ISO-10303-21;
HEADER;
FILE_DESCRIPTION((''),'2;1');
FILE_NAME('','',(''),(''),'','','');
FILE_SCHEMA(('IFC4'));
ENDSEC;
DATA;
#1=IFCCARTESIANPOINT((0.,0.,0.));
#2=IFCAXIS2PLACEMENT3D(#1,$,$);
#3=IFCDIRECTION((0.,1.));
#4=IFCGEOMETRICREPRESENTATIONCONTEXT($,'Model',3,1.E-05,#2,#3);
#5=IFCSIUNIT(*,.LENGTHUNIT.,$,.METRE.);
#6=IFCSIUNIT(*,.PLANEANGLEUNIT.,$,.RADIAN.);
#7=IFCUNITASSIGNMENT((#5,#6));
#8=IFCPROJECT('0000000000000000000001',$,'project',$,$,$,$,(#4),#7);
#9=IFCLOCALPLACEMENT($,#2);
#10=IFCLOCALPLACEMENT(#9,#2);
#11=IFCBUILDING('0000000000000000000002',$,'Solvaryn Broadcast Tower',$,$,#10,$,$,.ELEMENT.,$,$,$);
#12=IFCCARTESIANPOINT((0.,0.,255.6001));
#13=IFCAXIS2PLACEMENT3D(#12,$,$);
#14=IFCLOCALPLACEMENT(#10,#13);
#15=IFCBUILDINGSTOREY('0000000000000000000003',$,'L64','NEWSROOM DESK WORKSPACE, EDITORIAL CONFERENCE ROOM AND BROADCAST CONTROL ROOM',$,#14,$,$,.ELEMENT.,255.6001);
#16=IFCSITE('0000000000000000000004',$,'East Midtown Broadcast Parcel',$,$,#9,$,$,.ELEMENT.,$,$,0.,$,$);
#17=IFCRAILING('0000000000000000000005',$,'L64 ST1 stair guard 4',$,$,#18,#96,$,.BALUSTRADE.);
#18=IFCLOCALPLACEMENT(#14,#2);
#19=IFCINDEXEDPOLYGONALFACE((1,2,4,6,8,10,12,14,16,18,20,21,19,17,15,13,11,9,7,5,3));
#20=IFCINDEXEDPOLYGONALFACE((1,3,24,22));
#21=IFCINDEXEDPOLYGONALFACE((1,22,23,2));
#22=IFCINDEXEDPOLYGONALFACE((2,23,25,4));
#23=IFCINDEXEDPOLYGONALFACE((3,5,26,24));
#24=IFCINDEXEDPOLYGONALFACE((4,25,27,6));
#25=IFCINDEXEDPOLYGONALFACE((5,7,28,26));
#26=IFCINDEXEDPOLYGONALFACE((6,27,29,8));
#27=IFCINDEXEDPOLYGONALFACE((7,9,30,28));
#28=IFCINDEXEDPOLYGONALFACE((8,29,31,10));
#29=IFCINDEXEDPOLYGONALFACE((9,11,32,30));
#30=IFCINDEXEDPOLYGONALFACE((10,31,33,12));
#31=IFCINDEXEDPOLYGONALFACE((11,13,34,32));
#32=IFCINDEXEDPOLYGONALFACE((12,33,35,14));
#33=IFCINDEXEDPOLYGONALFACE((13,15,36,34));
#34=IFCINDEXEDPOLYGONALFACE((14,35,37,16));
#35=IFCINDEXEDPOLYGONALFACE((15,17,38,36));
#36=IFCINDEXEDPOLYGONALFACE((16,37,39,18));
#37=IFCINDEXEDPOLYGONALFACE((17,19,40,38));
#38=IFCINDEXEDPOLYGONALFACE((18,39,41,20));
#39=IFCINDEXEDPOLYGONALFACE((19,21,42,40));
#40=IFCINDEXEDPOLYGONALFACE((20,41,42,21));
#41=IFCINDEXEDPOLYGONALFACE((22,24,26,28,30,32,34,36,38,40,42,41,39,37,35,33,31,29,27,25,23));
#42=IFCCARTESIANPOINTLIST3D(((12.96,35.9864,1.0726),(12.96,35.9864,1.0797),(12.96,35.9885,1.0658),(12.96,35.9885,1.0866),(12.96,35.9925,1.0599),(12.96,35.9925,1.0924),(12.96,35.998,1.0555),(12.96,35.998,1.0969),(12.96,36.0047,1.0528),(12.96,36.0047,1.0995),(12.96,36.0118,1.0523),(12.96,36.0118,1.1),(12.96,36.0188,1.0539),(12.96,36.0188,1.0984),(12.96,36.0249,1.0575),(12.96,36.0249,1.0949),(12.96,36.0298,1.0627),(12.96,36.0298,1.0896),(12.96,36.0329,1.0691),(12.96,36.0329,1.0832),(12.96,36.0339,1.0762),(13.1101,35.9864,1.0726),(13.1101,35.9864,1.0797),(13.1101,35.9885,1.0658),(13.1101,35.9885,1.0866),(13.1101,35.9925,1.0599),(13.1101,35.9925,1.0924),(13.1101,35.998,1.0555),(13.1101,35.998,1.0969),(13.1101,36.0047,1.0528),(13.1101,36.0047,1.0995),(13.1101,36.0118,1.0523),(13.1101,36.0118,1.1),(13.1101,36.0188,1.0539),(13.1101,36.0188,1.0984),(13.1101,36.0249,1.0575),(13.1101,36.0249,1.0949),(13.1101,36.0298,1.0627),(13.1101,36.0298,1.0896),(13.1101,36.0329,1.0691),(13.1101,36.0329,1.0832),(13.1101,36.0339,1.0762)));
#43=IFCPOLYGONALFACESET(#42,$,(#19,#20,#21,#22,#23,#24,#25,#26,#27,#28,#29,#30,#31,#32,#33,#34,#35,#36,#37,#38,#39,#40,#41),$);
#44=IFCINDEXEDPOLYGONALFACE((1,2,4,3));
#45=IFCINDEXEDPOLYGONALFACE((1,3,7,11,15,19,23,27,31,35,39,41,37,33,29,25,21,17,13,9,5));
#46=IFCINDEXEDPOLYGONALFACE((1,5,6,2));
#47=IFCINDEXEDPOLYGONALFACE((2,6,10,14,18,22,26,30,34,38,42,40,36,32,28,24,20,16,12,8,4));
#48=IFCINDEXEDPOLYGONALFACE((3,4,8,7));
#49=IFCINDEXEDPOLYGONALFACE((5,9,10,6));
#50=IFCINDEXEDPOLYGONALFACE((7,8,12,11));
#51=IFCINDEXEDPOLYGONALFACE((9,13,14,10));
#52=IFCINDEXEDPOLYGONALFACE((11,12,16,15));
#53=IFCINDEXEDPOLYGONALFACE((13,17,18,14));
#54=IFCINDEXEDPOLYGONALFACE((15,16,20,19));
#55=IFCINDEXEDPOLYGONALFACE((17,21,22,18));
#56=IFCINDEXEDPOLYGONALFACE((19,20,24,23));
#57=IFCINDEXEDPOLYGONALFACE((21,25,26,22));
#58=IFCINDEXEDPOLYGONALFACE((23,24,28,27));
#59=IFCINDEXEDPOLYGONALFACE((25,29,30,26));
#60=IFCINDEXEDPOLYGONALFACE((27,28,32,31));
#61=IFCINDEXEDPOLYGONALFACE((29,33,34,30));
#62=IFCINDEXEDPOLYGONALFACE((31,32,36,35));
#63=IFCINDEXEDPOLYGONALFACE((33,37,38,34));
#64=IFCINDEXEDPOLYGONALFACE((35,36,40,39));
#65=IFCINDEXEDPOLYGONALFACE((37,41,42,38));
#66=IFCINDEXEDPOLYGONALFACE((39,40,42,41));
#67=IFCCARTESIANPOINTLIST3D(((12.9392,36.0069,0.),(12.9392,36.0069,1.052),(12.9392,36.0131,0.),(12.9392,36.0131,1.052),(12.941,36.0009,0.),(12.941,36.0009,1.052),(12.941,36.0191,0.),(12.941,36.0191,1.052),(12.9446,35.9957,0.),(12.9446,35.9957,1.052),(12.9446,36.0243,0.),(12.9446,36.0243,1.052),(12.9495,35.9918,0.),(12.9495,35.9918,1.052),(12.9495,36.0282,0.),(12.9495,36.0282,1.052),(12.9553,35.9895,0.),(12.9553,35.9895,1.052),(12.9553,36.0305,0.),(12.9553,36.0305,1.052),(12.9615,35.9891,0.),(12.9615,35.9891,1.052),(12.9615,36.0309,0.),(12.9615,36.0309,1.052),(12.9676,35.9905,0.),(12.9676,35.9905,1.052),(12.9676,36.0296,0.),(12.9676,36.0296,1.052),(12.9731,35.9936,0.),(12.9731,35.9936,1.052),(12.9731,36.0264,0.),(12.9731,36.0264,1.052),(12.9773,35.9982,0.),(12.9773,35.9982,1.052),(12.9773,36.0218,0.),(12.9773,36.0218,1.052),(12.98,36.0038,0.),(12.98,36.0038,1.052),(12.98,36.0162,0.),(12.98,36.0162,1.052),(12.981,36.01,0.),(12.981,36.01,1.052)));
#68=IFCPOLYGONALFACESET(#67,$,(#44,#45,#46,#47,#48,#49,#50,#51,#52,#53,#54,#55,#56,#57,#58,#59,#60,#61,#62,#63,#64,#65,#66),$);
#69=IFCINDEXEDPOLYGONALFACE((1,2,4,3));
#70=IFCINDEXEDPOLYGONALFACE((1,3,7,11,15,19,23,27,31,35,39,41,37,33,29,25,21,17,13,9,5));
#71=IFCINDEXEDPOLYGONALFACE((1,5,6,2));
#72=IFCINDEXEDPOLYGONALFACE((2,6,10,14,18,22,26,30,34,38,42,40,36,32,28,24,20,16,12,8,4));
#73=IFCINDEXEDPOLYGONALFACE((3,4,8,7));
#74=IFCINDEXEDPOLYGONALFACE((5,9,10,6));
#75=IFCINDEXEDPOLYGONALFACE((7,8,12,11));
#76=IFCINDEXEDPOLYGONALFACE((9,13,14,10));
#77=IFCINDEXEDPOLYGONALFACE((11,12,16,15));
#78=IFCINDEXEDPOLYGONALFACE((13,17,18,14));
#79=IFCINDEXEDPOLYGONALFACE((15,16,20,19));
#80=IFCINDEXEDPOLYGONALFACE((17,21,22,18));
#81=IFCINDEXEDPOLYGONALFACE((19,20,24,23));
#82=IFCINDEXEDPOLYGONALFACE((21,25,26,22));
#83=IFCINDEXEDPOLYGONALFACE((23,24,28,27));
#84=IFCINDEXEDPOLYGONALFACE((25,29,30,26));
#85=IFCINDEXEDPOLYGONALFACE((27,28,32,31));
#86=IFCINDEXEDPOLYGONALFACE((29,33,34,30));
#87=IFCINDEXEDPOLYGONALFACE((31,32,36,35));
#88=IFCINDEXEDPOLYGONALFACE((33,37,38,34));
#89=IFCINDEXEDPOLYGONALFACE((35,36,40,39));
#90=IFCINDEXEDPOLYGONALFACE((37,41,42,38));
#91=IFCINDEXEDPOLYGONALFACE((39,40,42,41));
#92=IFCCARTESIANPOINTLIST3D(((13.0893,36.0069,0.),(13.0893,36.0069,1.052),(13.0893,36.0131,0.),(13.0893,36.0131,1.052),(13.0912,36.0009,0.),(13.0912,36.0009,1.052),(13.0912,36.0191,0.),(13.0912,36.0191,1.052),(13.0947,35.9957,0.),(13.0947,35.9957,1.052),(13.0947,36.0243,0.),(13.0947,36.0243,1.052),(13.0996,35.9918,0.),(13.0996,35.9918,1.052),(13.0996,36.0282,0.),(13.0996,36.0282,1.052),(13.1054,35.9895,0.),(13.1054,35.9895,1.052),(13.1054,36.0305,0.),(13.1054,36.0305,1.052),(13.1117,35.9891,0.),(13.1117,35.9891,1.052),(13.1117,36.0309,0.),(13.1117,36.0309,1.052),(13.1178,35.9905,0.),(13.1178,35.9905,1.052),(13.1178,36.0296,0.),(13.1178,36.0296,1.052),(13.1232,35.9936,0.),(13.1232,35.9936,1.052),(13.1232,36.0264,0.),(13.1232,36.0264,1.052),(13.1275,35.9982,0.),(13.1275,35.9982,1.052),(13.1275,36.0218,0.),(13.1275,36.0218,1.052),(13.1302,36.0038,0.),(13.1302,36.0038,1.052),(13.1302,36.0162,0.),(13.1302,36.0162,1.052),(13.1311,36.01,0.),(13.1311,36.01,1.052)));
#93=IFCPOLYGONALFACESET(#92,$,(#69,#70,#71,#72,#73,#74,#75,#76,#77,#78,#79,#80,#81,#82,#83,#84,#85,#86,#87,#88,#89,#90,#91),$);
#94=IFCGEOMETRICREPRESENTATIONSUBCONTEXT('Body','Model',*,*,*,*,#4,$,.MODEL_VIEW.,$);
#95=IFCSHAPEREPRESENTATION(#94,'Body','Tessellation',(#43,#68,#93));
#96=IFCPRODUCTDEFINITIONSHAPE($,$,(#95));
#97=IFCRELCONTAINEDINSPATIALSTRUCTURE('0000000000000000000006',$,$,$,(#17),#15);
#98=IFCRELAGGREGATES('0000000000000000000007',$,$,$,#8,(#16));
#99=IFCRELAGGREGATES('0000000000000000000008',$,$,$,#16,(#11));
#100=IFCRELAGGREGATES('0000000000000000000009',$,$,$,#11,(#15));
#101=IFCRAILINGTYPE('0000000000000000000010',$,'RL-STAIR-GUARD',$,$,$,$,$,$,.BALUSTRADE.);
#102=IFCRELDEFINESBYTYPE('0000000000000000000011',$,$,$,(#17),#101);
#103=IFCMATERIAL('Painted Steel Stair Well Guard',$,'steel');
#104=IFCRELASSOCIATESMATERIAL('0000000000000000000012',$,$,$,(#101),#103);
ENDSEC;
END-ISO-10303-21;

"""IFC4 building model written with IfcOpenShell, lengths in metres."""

from ifc_helpers import new_model, si_unit, direction, frame, origin, origin_2d, place, context, subcontext, project, spatial, circle, extrude, material, type_object, element, save


model = new_model("IFC4")

# Units and contexts
model_context = context("Model", 3, precision=1e-05, world=origin(), true_north=direction((0.0, 1.0)))
body_context = subcontext(model_context, "Body", "Model", "MODEL_VIEW")
ifc_project = project(units=[si_unit("LENGTHUNIT", "METRE"), si_unit("PLANEANGLEUNIT", "RADIAN")], contexts=[model_context])

# Site, building, storey
site_placement = place(None, origin())
site = spatial("IfcSite", under=ifc_project, at=site_placement, Name="East Midtown Broadcast Parcel", CompositionType="ELEMENT", RefElevation=0.0)
building_placement = place(site_placement, origin())
building = spatial("IfcBuilding", under=site, at=building_placement, Name="Solvaryn Broadcast Tower", CompositionType="ELEMENT")
storey_placement = place(building_placement, frame((0.0, 0.0, 255.6001)))
storey = spatial("IfcBuildingStorey", under=building, at=storey_placement, Name="L64", Description="NEWSROOM DESK WORKSPACE, EDITORIAL CONFERENCE ROOM AND BROADCAST CONTROL ROOM", CompositionType="ELEMENT", Elevation=255.6001)

# Railing
ifc_material_1 = material(Name="Painted Steel Stair Well Guard", Category="steel")
railing_type_1 = type_object("IfcRailingType", Name="RL-STAIR-GUARD", PredefinedType="BALUSTRADE", material=ifc_material_1)
railing_1_placement = place(storey_placement, frame((12.96, 36.01, 0.0)))
element("IfcRailing", 1, at=railing_1_placement, inside=storey, type_object=railing_type_1, Name="L64 ST1 stair guard 4", PredefinedType="BALUSTRADE", context=body_context, shape_type="SweptSolid", body=[
    extrude(circle(Radius=0.0239, at=origin_2d()), frame((0.0, 0.0, 1.0762), z_axis=(1.0, 0.0, 0.0), x_axis=(0.0, 1.0, 0.0)), (0.0, 0.0, 1.0), 0.1501),
    extrude(circle(Radius=0.021, at=origin_2d()), origin(), (0.0, 0.0, 1.0), 1.052),
    extrude(circle(Radius=0.021, at=origin_2d()), frame((0.1501, 0.0, 0.0)), (0.0, 0.0, 1.0), 1.052),
])

save(model, "model.ifc")
